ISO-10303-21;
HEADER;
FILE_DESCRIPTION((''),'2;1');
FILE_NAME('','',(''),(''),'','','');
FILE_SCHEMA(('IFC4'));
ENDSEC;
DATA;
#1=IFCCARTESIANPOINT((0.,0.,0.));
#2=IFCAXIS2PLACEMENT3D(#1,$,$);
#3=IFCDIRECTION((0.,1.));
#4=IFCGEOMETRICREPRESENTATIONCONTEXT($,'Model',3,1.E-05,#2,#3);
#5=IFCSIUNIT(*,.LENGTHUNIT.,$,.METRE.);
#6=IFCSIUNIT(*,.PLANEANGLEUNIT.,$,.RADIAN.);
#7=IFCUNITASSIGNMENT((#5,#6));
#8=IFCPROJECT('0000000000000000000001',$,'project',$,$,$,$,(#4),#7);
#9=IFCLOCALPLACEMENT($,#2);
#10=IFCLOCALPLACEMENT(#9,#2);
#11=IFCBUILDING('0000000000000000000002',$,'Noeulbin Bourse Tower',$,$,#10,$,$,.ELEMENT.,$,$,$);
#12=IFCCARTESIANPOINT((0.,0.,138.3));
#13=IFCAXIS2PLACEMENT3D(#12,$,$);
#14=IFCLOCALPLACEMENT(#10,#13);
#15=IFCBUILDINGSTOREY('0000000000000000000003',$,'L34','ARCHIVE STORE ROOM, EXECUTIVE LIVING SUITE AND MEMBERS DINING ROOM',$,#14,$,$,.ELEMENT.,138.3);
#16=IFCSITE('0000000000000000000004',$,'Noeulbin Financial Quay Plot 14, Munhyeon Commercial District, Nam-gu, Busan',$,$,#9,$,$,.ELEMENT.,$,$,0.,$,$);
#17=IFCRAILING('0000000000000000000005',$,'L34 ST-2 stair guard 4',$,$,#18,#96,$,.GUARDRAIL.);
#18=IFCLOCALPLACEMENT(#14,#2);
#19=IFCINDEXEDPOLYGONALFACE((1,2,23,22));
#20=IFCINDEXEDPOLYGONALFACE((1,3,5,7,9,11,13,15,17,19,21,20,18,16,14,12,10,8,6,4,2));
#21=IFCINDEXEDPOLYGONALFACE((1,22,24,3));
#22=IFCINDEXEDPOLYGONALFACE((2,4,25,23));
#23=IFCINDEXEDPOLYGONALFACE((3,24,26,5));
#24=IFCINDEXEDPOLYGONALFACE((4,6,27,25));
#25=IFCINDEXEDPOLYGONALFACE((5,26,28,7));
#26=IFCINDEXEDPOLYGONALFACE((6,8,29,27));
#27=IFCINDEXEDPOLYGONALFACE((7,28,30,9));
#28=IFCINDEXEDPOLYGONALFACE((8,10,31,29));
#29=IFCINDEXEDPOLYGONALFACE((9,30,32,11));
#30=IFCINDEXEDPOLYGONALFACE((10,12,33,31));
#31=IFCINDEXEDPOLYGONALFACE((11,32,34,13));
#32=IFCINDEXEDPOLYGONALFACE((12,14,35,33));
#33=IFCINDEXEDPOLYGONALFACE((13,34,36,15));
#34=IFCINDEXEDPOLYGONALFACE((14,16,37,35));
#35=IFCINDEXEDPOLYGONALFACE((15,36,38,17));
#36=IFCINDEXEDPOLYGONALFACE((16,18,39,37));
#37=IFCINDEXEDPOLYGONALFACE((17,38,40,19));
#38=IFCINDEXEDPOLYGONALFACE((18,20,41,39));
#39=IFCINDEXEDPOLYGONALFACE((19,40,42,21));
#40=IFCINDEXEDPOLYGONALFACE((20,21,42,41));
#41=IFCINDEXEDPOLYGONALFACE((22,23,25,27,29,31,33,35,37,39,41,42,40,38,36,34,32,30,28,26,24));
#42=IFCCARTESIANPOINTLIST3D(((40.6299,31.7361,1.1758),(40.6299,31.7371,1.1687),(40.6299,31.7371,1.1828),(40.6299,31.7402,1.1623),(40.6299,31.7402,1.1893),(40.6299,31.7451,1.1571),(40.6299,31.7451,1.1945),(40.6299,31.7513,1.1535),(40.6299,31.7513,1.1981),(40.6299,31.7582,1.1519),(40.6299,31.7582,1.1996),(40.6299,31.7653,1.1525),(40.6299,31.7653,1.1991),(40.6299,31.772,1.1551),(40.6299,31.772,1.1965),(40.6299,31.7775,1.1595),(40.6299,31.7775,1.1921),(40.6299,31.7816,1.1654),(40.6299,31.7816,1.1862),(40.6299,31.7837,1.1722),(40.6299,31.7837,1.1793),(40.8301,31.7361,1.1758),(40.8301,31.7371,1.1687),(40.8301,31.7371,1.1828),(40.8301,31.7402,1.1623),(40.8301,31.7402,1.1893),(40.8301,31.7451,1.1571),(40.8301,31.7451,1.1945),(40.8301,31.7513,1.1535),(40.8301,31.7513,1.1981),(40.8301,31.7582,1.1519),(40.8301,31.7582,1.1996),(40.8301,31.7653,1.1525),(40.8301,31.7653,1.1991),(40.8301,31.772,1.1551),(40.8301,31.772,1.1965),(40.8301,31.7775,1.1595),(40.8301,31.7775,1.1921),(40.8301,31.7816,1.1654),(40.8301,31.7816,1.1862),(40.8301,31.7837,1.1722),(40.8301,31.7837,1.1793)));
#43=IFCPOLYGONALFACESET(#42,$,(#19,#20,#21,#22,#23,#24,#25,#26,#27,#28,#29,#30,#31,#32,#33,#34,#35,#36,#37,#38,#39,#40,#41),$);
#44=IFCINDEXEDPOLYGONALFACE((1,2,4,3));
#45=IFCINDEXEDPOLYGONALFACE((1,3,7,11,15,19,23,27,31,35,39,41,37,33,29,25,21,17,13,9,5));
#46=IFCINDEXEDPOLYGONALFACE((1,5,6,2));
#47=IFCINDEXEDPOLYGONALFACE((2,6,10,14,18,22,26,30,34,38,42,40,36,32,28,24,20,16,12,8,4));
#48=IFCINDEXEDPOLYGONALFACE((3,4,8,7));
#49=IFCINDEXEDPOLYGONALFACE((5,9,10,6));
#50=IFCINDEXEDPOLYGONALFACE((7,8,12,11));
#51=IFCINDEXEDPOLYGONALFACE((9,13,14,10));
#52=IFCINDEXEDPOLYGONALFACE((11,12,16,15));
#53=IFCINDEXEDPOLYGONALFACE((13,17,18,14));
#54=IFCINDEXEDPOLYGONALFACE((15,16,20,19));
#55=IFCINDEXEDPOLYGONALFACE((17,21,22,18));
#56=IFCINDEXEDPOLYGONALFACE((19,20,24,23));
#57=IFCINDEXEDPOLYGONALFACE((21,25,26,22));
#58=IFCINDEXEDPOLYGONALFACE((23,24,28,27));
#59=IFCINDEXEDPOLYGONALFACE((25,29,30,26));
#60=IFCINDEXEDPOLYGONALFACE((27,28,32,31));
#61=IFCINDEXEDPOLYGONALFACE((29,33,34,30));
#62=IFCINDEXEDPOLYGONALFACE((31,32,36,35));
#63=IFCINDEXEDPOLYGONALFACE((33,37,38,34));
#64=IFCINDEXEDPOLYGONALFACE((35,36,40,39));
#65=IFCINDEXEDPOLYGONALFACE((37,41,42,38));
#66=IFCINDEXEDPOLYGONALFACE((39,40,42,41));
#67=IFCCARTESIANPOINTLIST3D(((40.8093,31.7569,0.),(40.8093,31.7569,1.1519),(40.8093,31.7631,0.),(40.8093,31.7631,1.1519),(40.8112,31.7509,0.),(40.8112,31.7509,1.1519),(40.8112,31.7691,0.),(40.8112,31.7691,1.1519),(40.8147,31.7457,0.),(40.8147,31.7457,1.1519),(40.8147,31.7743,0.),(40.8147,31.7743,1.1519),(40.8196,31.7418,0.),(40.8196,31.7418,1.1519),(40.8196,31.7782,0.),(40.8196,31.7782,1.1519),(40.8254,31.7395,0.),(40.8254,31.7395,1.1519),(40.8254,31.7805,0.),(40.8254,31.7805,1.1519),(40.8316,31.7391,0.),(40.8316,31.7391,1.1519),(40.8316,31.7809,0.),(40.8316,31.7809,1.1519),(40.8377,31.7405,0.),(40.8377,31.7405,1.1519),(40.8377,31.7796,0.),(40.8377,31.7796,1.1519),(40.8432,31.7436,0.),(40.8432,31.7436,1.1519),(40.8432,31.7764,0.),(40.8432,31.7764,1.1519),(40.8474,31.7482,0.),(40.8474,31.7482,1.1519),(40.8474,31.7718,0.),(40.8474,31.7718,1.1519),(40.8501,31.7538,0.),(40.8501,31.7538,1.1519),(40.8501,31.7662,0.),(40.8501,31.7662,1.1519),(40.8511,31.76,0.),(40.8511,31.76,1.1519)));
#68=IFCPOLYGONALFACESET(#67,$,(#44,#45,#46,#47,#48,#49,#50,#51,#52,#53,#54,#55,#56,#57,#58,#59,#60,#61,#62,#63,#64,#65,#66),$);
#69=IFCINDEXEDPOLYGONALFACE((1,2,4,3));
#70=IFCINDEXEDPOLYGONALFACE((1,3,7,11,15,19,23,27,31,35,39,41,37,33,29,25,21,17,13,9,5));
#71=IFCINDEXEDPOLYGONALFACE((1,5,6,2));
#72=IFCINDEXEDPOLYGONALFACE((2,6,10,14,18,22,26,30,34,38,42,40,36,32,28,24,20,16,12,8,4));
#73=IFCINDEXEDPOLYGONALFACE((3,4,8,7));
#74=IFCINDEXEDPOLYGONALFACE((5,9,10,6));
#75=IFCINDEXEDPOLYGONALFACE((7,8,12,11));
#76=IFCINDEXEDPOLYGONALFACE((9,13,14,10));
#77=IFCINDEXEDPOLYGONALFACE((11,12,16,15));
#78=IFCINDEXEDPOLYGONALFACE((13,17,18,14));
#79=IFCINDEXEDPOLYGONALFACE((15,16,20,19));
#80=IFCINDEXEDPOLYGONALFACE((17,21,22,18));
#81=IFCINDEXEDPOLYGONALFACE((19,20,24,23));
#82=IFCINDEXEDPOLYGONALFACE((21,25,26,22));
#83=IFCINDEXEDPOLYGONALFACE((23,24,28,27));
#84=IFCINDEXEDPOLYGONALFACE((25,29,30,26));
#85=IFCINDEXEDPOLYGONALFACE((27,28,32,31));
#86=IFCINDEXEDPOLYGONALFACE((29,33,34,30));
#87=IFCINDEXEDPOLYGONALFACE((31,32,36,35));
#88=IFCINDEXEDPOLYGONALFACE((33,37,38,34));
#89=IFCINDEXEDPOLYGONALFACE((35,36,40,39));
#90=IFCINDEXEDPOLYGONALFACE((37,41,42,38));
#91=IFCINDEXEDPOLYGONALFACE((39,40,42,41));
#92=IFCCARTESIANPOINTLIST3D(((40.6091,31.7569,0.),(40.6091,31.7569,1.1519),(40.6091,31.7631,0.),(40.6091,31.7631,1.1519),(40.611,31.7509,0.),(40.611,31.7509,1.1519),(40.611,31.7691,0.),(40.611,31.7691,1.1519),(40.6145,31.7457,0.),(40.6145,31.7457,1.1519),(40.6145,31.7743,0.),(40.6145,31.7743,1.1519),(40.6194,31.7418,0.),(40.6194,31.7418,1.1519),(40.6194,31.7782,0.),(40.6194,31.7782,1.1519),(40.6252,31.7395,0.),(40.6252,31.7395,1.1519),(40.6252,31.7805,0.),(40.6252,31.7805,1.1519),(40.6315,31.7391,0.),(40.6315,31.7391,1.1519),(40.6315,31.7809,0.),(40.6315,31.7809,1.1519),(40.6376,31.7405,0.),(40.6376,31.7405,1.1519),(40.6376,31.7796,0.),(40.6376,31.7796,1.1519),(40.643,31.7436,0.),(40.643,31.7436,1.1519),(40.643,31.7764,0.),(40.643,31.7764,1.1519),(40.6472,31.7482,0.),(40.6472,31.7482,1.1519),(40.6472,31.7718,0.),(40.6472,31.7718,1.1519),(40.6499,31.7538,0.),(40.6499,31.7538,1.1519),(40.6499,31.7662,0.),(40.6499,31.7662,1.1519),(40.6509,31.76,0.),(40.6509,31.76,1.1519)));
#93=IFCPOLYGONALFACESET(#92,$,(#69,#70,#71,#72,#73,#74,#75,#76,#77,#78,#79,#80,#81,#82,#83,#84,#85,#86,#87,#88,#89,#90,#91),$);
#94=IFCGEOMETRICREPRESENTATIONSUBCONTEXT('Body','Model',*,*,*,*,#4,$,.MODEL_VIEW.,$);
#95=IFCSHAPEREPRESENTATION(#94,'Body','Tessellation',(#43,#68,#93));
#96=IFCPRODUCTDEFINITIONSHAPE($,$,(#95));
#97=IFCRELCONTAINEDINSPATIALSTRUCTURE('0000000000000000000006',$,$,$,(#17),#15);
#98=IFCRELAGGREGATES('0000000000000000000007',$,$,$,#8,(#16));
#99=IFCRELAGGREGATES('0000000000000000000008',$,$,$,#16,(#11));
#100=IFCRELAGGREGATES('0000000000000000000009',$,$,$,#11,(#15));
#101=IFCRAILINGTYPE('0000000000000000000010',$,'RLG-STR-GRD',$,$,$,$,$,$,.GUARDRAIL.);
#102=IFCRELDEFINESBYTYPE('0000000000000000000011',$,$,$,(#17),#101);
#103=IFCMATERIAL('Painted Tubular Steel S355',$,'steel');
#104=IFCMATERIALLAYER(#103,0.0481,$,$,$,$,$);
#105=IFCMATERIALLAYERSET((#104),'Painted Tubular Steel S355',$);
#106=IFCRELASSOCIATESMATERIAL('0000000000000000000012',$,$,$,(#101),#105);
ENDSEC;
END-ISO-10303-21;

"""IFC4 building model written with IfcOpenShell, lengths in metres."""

from ifc_helpers import new_model, si_unit, direction, frame, origin, origin_2d, place, context, subcontext, project, spatial, circle, extrude, material, layer, layer_set, type_object, element, save


model = new_model("IFC4")

# Units and contexts
model_context = context("Model", 3, precision=1e-05, world=origin(), true_north=direction((0.0, 1.0)))
body_context = subcontext(model_context, "Body", "Model", "MODEL_VIEW")
ifc_project = project(units=[si_unit("LENGTHUNIT", "METRE"), si_unit("PLANEANGLEUNIT", "RADIAN")], contexts=[model_context])

# Site, building, storey
site_placement = place(None, origin())
site = spatial("IfcSite", under=ifc_project, at=site_placement, Name="Noeulbin Financial Quay Plot 14, Munhyeon Commercial District, Nam-gu, Busan", CompositionType="ELEMENT", RefElevation=0.0)
building_placement = place(site_placement, origin())
building = spatial("IfcBuilding", under=site, at=building_placement, Name="Noeulbin Bourse Tower", CompositionType="ELEMENT")
storey_placement = place(building_placement, frame((0.0, 0.0, 138.3)))
storey = spatial("IfcBuildingStorey", under=building, at=storey_placement, Name="L34", Description="ARCHIVE STORE ROOM, EXECUTIVE LIVING SUITE AND MEMBERS DINING ROOM", CompositionType="ELEMENT", Elevation=138.3)

# Railing
ifc_material_1 = material(Name="Painted Tubular Steel S355", Category="steel")
ifc_layer_1 = layer(ifc_material_1, 0.0481)
ifc_layer_set_1 = layer_set([ifc_layer_1], Name="Painted Tubular Steel S355")
railing_type_1 = type_object("IfcRailingType", Name="RLG-STR-GRD", PredefinedType="GUARDRAIL", material=ifc_layer_set_1)
railing_1_placement = place(storey_placement, frame((40.8301, 31.76, 0.0)))
element("IfcRailing", 1, at=railing_1_placement, inside=storey, type_object=railing_type_1, Name="L34 ST-2 stair guard 4", PredefinedType="GUARDRAIL", context=body_context, shape_type="SweptSolid", body=[
    extrude(circle(Radius=0.0239, at=origin_2d()), frame((0.0, 0.0, 1.1758), z_axis=(-1.0, 0.0, 0.0), x_axis=(0.0, -1.0, 0.0)), (0.0, 0.0, 1.0), 0.2002),
    extrude(circle(Radius=0.021, at=origin_2d()), origin(), (0.0, 0.0, 1.0), 1.1519),
    extrude(circle(Radius=0.021, at=origin_2d()), frame((-0.2002, 0.0, 0.0)), (0.0, 0.0, 1.0), 1.1519),
])

save(model, "model.ifc")
